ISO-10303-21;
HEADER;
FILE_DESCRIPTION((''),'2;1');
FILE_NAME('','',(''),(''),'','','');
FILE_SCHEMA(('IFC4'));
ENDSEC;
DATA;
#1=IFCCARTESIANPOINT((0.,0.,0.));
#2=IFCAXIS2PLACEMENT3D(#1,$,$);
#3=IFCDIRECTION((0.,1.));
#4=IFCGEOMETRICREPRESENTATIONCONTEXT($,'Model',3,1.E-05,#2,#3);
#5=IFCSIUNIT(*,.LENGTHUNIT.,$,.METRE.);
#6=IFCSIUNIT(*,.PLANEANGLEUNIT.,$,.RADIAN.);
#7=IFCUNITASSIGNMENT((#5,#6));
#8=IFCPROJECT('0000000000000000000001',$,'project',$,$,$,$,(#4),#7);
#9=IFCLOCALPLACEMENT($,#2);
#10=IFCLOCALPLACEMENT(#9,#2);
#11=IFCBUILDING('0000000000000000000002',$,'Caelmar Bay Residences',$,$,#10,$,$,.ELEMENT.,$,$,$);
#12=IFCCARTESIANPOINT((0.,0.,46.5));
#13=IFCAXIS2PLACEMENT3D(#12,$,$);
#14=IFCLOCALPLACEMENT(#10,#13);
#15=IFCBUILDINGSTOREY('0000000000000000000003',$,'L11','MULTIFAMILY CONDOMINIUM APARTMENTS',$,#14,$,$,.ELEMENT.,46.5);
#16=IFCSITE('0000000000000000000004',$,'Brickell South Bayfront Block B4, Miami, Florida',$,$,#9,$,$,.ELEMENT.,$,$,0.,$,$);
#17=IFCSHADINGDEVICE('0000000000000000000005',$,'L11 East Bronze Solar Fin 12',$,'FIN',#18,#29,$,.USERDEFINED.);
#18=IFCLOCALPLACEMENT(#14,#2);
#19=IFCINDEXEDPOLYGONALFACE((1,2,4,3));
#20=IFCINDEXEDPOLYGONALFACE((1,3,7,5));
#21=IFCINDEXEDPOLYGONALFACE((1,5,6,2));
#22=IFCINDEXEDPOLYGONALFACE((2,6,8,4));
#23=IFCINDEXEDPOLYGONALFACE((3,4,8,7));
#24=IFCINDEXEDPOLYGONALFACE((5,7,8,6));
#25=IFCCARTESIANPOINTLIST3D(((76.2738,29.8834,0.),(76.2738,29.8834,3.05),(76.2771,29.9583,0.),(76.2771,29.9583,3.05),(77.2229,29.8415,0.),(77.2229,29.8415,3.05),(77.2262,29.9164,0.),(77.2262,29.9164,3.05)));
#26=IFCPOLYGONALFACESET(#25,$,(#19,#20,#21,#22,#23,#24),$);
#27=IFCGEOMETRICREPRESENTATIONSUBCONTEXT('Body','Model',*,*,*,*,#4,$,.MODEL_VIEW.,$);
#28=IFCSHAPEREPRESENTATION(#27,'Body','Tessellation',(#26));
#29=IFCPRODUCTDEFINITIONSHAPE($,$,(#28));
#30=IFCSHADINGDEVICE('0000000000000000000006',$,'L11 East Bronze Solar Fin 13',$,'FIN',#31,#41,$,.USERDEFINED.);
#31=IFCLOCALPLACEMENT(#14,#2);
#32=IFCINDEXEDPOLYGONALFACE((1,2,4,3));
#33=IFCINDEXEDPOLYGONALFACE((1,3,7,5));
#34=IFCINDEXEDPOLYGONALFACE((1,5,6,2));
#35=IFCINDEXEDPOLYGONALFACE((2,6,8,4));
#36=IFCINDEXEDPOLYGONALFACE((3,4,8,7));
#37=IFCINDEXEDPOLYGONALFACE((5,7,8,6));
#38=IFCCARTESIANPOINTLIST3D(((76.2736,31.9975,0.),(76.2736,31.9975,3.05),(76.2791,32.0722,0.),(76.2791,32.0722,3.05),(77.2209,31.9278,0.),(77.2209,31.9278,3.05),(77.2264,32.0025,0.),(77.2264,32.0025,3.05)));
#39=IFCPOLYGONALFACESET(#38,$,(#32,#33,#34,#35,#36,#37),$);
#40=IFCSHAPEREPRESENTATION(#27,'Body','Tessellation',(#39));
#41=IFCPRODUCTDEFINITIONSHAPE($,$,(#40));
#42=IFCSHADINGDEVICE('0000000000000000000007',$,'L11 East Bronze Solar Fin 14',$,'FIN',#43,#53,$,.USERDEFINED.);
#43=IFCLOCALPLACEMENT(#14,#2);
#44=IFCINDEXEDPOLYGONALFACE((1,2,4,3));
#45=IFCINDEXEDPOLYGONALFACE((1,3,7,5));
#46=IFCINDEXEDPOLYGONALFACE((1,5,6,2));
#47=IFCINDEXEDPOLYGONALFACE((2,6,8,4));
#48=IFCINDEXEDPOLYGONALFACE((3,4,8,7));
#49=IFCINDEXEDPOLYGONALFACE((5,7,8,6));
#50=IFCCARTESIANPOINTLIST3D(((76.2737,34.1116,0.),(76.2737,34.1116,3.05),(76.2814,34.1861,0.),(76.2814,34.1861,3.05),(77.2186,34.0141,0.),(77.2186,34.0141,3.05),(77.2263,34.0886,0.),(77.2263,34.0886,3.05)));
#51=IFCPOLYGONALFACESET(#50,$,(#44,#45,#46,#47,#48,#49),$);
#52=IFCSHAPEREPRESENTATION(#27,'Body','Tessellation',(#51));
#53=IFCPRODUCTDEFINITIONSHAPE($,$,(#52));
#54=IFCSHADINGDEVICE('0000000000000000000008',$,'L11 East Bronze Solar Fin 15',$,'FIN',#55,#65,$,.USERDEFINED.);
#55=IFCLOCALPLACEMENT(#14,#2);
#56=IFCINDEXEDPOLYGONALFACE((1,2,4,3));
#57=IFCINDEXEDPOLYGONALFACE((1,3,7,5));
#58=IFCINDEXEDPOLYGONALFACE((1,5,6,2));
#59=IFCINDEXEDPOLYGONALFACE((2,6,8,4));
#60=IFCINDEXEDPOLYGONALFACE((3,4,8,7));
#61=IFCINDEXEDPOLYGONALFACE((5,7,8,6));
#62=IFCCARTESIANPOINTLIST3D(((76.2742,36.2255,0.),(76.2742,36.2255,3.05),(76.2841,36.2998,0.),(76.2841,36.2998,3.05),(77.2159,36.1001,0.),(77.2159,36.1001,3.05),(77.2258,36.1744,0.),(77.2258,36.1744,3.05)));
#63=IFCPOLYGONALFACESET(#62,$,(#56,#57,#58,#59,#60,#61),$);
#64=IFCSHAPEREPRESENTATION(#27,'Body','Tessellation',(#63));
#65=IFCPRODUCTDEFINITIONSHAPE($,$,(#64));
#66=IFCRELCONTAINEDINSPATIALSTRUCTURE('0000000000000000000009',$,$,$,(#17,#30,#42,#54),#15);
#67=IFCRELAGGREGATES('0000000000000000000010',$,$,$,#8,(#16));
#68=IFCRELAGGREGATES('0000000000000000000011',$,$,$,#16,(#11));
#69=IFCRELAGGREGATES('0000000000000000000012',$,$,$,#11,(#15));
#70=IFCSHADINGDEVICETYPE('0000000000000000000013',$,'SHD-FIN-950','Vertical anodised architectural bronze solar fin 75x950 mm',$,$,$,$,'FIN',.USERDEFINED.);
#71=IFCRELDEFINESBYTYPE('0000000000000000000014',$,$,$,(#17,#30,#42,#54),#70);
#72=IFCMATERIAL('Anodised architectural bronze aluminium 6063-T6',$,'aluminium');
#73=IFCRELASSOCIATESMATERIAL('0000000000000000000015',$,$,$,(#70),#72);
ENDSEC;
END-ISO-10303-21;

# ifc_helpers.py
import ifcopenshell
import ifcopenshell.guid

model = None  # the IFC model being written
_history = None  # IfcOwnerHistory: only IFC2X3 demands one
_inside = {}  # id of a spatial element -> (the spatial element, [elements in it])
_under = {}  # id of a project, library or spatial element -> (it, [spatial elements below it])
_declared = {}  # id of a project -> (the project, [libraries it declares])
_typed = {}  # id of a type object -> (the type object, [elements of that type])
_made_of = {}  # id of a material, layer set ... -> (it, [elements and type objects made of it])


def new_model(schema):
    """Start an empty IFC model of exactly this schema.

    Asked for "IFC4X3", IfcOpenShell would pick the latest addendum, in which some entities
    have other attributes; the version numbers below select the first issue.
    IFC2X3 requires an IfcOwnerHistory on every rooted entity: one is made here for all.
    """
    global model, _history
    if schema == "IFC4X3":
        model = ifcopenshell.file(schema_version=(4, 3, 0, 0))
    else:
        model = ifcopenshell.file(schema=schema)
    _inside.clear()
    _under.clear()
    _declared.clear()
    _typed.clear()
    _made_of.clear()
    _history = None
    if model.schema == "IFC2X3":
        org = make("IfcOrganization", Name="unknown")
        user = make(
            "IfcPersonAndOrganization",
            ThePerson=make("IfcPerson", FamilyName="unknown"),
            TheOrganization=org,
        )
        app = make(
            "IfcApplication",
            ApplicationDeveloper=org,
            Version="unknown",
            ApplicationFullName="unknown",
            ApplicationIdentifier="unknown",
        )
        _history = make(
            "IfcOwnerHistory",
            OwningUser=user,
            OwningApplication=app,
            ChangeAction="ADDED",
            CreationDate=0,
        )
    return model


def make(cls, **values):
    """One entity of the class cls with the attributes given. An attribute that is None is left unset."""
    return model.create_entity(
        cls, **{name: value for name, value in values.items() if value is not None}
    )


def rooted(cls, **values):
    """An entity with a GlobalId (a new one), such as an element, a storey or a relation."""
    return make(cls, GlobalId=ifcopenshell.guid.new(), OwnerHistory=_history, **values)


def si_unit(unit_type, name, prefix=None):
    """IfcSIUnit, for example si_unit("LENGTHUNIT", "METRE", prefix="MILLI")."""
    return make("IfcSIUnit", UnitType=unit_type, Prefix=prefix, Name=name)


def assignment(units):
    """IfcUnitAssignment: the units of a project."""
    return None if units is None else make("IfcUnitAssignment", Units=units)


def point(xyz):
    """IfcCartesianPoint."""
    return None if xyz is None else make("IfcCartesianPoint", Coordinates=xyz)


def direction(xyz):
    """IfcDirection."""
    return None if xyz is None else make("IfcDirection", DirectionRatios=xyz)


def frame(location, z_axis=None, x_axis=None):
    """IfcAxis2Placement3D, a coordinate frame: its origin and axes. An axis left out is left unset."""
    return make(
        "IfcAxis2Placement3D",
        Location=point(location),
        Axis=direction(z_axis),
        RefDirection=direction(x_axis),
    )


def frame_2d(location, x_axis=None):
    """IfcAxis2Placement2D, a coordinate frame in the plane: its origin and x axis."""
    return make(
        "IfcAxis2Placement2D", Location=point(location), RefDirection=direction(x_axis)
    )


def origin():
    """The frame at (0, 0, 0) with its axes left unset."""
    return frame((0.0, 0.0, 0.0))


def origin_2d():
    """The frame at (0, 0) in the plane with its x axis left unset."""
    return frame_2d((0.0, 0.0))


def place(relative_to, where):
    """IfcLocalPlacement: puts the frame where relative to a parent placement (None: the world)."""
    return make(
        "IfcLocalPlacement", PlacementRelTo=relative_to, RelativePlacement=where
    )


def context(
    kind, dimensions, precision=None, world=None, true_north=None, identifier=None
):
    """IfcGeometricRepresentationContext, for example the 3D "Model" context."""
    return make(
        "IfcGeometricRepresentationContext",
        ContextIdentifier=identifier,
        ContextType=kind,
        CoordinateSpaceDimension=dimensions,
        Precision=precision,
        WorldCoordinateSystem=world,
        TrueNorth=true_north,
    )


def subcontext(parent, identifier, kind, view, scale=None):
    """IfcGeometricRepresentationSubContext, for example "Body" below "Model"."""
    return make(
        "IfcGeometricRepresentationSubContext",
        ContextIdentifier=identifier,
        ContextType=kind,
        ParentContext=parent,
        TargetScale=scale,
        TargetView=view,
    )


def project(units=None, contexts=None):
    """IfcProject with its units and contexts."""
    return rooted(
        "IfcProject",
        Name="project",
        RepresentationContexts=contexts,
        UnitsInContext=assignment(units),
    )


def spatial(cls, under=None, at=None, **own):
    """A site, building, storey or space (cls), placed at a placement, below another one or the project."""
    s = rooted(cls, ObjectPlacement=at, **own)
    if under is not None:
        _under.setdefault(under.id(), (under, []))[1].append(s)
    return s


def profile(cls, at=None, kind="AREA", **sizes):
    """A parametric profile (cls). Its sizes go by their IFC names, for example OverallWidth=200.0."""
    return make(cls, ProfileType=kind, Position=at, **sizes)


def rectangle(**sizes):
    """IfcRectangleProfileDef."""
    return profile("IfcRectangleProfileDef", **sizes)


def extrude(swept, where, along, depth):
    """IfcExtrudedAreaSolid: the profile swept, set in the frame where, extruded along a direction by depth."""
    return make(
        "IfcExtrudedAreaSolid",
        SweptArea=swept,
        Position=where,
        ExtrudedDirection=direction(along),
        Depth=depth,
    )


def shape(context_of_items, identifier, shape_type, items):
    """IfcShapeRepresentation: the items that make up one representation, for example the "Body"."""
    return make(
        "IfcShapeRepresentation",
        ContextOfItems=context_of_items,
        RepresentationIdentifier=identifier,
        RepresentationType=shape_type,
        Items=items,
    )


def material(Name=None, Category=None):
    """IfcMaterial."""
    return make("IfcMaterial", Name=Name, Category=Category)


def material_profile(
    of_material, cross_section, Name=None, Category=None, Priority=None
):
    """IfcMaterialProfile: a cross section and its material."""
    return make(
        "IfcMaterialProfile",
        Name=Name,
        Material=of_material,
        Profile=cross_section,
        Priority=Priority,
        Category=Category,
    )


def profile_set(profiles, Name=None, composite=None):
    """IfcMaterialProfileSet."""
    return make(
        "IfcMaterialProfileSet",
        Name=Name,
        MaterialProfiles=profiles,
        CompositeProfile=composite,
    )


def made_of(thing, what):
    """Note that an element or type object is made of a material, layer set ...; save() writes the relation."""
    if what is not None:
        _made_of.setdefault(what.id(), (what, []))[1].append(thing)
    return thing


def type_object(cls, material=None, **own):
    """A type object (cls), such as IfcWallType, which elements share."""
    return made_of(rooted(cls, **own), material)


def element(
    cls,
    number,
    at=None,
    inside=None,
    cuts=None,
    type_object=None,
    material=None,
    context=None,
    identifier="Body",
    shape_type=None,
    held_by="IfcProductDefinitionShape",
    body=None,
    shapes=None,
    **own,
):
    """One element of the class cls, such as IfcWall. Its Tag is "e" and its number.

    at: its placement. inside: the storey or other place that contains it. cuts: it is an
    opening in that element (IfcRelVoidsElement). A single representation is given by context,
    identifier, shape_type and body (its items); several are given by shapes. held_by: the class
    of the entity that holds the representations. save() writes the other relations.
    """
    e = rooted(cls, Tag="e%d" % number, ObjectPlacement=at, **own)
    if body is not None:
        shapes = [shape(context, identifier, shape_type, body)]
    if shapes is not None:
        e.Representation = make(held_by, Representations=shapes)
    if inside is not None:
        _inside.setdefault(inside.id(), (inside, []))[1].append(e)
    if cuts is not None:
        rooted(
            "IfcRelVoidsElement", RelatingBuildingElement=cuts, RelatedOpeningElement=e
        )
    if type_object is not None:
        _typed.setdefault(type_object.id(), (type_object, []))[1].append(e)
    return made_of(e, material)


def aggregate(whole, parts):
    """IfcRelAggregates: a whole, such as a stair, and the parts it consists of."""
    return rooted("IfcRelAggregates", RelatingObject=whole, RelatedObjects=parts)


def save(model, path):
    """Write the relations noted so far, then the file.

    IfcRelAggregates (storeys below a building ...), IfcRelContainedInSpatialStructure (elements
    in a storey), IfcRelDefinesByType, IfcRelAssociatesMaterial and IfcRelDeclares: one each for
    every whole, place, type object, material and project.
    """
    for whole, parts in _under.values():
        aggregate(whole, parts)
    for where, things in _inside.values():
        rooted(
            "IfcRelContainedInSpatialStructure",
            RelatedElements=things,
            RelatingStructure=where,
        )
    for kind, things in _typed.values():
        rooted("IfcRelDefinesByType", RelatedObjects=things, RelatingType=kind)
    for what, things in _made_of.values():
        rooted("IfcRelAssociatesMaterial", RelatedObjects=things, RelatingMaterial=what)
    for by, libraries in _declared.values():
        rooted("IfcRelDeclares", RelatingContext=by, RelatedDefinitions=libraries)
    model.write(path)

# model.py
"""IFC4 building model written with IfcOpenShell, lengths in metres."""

from ifc_helpers import new_model, si_unit, direction, frame, origin, origin_2d, place, context, subcontext, project, spatial, rectangle, extrude, material, material_profile, profile_set, type_object, element, save


model = new_model("IFC4")

# Units and contexts
model_context = context("Model", 3, precision=1e-05, world=origin(), true_north=direction((0.0, 1.0)))
body_context = subcontext(model_context, "Body", "Model", "MODEL_VIEW")
ifc_project = project(units=[si_unit("LENGTHUNIT", "METRE"), si_unit("PLANEANGLEUNIT", "RADIAN")], contexts=[model_context])

# Site, building, storey
site_placement = place(None, origin())
site = spatial("IfcSite", under=ifc_project, at=site_placement, Name="Brickell South Bayfront Block B4, Miami, Florida", CompositionType="ELEMENT", RefElevation=0.0)
building_placement = place(site_placement, origin())
building = spatial("IfcBuilding", under=site, at=building_placement, Name="Caelmar Bay Residences", CompositionType="ELEMENT")
storey_placement = place(building_placement, frame((0.0, 0.0, 46.5)))
storey = spatial("IfcBuildingStorey", under=building, at=storey_placement, Name="L11", Description="MULTIFAMILY CONDOMINIUM APARTMENTS", CompositionType="ELEMENT", Elevation=46.5)

# Shading devices
ifc_material_1 = material(Name="Anodised architectural bronze aluminium 6063-T6", Category="aluminium")
ifc_material_profile_1 = material_profile(ifc_material_1, rectangle(XDim=0.075, YDim=0.95, at=origin_2d()), Name="BRONZE-FIN-75X950")
ifc_profile_set_1 = profile_set([ifc_material_profile_1], Name="Anodised architectural bronze aluminium 6063-T6")
shading_device_type = type_object("IfcShadingDeviceType", Name="SHD-FIN-950", Description="Vertical anodised architectural bronze solar fin 75x950 mm", ElementType="FIN", PredefinedType="USERDEFINED", material=ifc_profile_set_1)
for number, where, z_axis, x_axis, name in (
    (1, (76.75, 29.8999, 0.0), (0.0, 0.0, 1.0), (0.044142, 0.999025, 0.0), "L11 East Bronze Solar Fin 12"),
    (2, (76.75, 32.0, 0.0), (0.0, 0.0, 1.0), (0.073412, 0.997302, 0.0), "L11 East Bronze Solar Fin 13"),
    (3, (76.75, 34.1001, 0.0), (0.0, 0.0, 1.0), (0.102619, 0.994721, 0.0), "L11 East Bronze Solar Fin 14"),
    (4, (76.75, 36.2, 0.0), (0.0, 0.0, 1.0), (0.13191, 0.991262, 0.0), "L11 East Bronze Solar Fin 15"),
):
    element("IfcShadingDevice", number, at=place(storey_placement, frame(where, z_axis=z_axis, x_axis=x_axis)), inside=storey, type_object=shading_device_type, Name=name, ObjectType="FIN", PredefinedType="USERDEFINED", context=body_context, shape_type="SweptSolid", body=[
        extrude(rectangle(XDim=0.075, YDim=0.95, at=origin_2d()), origin(), (0.0, 0.0, 1.0), 3.05),
    ])

save(model, "model.ifc")
